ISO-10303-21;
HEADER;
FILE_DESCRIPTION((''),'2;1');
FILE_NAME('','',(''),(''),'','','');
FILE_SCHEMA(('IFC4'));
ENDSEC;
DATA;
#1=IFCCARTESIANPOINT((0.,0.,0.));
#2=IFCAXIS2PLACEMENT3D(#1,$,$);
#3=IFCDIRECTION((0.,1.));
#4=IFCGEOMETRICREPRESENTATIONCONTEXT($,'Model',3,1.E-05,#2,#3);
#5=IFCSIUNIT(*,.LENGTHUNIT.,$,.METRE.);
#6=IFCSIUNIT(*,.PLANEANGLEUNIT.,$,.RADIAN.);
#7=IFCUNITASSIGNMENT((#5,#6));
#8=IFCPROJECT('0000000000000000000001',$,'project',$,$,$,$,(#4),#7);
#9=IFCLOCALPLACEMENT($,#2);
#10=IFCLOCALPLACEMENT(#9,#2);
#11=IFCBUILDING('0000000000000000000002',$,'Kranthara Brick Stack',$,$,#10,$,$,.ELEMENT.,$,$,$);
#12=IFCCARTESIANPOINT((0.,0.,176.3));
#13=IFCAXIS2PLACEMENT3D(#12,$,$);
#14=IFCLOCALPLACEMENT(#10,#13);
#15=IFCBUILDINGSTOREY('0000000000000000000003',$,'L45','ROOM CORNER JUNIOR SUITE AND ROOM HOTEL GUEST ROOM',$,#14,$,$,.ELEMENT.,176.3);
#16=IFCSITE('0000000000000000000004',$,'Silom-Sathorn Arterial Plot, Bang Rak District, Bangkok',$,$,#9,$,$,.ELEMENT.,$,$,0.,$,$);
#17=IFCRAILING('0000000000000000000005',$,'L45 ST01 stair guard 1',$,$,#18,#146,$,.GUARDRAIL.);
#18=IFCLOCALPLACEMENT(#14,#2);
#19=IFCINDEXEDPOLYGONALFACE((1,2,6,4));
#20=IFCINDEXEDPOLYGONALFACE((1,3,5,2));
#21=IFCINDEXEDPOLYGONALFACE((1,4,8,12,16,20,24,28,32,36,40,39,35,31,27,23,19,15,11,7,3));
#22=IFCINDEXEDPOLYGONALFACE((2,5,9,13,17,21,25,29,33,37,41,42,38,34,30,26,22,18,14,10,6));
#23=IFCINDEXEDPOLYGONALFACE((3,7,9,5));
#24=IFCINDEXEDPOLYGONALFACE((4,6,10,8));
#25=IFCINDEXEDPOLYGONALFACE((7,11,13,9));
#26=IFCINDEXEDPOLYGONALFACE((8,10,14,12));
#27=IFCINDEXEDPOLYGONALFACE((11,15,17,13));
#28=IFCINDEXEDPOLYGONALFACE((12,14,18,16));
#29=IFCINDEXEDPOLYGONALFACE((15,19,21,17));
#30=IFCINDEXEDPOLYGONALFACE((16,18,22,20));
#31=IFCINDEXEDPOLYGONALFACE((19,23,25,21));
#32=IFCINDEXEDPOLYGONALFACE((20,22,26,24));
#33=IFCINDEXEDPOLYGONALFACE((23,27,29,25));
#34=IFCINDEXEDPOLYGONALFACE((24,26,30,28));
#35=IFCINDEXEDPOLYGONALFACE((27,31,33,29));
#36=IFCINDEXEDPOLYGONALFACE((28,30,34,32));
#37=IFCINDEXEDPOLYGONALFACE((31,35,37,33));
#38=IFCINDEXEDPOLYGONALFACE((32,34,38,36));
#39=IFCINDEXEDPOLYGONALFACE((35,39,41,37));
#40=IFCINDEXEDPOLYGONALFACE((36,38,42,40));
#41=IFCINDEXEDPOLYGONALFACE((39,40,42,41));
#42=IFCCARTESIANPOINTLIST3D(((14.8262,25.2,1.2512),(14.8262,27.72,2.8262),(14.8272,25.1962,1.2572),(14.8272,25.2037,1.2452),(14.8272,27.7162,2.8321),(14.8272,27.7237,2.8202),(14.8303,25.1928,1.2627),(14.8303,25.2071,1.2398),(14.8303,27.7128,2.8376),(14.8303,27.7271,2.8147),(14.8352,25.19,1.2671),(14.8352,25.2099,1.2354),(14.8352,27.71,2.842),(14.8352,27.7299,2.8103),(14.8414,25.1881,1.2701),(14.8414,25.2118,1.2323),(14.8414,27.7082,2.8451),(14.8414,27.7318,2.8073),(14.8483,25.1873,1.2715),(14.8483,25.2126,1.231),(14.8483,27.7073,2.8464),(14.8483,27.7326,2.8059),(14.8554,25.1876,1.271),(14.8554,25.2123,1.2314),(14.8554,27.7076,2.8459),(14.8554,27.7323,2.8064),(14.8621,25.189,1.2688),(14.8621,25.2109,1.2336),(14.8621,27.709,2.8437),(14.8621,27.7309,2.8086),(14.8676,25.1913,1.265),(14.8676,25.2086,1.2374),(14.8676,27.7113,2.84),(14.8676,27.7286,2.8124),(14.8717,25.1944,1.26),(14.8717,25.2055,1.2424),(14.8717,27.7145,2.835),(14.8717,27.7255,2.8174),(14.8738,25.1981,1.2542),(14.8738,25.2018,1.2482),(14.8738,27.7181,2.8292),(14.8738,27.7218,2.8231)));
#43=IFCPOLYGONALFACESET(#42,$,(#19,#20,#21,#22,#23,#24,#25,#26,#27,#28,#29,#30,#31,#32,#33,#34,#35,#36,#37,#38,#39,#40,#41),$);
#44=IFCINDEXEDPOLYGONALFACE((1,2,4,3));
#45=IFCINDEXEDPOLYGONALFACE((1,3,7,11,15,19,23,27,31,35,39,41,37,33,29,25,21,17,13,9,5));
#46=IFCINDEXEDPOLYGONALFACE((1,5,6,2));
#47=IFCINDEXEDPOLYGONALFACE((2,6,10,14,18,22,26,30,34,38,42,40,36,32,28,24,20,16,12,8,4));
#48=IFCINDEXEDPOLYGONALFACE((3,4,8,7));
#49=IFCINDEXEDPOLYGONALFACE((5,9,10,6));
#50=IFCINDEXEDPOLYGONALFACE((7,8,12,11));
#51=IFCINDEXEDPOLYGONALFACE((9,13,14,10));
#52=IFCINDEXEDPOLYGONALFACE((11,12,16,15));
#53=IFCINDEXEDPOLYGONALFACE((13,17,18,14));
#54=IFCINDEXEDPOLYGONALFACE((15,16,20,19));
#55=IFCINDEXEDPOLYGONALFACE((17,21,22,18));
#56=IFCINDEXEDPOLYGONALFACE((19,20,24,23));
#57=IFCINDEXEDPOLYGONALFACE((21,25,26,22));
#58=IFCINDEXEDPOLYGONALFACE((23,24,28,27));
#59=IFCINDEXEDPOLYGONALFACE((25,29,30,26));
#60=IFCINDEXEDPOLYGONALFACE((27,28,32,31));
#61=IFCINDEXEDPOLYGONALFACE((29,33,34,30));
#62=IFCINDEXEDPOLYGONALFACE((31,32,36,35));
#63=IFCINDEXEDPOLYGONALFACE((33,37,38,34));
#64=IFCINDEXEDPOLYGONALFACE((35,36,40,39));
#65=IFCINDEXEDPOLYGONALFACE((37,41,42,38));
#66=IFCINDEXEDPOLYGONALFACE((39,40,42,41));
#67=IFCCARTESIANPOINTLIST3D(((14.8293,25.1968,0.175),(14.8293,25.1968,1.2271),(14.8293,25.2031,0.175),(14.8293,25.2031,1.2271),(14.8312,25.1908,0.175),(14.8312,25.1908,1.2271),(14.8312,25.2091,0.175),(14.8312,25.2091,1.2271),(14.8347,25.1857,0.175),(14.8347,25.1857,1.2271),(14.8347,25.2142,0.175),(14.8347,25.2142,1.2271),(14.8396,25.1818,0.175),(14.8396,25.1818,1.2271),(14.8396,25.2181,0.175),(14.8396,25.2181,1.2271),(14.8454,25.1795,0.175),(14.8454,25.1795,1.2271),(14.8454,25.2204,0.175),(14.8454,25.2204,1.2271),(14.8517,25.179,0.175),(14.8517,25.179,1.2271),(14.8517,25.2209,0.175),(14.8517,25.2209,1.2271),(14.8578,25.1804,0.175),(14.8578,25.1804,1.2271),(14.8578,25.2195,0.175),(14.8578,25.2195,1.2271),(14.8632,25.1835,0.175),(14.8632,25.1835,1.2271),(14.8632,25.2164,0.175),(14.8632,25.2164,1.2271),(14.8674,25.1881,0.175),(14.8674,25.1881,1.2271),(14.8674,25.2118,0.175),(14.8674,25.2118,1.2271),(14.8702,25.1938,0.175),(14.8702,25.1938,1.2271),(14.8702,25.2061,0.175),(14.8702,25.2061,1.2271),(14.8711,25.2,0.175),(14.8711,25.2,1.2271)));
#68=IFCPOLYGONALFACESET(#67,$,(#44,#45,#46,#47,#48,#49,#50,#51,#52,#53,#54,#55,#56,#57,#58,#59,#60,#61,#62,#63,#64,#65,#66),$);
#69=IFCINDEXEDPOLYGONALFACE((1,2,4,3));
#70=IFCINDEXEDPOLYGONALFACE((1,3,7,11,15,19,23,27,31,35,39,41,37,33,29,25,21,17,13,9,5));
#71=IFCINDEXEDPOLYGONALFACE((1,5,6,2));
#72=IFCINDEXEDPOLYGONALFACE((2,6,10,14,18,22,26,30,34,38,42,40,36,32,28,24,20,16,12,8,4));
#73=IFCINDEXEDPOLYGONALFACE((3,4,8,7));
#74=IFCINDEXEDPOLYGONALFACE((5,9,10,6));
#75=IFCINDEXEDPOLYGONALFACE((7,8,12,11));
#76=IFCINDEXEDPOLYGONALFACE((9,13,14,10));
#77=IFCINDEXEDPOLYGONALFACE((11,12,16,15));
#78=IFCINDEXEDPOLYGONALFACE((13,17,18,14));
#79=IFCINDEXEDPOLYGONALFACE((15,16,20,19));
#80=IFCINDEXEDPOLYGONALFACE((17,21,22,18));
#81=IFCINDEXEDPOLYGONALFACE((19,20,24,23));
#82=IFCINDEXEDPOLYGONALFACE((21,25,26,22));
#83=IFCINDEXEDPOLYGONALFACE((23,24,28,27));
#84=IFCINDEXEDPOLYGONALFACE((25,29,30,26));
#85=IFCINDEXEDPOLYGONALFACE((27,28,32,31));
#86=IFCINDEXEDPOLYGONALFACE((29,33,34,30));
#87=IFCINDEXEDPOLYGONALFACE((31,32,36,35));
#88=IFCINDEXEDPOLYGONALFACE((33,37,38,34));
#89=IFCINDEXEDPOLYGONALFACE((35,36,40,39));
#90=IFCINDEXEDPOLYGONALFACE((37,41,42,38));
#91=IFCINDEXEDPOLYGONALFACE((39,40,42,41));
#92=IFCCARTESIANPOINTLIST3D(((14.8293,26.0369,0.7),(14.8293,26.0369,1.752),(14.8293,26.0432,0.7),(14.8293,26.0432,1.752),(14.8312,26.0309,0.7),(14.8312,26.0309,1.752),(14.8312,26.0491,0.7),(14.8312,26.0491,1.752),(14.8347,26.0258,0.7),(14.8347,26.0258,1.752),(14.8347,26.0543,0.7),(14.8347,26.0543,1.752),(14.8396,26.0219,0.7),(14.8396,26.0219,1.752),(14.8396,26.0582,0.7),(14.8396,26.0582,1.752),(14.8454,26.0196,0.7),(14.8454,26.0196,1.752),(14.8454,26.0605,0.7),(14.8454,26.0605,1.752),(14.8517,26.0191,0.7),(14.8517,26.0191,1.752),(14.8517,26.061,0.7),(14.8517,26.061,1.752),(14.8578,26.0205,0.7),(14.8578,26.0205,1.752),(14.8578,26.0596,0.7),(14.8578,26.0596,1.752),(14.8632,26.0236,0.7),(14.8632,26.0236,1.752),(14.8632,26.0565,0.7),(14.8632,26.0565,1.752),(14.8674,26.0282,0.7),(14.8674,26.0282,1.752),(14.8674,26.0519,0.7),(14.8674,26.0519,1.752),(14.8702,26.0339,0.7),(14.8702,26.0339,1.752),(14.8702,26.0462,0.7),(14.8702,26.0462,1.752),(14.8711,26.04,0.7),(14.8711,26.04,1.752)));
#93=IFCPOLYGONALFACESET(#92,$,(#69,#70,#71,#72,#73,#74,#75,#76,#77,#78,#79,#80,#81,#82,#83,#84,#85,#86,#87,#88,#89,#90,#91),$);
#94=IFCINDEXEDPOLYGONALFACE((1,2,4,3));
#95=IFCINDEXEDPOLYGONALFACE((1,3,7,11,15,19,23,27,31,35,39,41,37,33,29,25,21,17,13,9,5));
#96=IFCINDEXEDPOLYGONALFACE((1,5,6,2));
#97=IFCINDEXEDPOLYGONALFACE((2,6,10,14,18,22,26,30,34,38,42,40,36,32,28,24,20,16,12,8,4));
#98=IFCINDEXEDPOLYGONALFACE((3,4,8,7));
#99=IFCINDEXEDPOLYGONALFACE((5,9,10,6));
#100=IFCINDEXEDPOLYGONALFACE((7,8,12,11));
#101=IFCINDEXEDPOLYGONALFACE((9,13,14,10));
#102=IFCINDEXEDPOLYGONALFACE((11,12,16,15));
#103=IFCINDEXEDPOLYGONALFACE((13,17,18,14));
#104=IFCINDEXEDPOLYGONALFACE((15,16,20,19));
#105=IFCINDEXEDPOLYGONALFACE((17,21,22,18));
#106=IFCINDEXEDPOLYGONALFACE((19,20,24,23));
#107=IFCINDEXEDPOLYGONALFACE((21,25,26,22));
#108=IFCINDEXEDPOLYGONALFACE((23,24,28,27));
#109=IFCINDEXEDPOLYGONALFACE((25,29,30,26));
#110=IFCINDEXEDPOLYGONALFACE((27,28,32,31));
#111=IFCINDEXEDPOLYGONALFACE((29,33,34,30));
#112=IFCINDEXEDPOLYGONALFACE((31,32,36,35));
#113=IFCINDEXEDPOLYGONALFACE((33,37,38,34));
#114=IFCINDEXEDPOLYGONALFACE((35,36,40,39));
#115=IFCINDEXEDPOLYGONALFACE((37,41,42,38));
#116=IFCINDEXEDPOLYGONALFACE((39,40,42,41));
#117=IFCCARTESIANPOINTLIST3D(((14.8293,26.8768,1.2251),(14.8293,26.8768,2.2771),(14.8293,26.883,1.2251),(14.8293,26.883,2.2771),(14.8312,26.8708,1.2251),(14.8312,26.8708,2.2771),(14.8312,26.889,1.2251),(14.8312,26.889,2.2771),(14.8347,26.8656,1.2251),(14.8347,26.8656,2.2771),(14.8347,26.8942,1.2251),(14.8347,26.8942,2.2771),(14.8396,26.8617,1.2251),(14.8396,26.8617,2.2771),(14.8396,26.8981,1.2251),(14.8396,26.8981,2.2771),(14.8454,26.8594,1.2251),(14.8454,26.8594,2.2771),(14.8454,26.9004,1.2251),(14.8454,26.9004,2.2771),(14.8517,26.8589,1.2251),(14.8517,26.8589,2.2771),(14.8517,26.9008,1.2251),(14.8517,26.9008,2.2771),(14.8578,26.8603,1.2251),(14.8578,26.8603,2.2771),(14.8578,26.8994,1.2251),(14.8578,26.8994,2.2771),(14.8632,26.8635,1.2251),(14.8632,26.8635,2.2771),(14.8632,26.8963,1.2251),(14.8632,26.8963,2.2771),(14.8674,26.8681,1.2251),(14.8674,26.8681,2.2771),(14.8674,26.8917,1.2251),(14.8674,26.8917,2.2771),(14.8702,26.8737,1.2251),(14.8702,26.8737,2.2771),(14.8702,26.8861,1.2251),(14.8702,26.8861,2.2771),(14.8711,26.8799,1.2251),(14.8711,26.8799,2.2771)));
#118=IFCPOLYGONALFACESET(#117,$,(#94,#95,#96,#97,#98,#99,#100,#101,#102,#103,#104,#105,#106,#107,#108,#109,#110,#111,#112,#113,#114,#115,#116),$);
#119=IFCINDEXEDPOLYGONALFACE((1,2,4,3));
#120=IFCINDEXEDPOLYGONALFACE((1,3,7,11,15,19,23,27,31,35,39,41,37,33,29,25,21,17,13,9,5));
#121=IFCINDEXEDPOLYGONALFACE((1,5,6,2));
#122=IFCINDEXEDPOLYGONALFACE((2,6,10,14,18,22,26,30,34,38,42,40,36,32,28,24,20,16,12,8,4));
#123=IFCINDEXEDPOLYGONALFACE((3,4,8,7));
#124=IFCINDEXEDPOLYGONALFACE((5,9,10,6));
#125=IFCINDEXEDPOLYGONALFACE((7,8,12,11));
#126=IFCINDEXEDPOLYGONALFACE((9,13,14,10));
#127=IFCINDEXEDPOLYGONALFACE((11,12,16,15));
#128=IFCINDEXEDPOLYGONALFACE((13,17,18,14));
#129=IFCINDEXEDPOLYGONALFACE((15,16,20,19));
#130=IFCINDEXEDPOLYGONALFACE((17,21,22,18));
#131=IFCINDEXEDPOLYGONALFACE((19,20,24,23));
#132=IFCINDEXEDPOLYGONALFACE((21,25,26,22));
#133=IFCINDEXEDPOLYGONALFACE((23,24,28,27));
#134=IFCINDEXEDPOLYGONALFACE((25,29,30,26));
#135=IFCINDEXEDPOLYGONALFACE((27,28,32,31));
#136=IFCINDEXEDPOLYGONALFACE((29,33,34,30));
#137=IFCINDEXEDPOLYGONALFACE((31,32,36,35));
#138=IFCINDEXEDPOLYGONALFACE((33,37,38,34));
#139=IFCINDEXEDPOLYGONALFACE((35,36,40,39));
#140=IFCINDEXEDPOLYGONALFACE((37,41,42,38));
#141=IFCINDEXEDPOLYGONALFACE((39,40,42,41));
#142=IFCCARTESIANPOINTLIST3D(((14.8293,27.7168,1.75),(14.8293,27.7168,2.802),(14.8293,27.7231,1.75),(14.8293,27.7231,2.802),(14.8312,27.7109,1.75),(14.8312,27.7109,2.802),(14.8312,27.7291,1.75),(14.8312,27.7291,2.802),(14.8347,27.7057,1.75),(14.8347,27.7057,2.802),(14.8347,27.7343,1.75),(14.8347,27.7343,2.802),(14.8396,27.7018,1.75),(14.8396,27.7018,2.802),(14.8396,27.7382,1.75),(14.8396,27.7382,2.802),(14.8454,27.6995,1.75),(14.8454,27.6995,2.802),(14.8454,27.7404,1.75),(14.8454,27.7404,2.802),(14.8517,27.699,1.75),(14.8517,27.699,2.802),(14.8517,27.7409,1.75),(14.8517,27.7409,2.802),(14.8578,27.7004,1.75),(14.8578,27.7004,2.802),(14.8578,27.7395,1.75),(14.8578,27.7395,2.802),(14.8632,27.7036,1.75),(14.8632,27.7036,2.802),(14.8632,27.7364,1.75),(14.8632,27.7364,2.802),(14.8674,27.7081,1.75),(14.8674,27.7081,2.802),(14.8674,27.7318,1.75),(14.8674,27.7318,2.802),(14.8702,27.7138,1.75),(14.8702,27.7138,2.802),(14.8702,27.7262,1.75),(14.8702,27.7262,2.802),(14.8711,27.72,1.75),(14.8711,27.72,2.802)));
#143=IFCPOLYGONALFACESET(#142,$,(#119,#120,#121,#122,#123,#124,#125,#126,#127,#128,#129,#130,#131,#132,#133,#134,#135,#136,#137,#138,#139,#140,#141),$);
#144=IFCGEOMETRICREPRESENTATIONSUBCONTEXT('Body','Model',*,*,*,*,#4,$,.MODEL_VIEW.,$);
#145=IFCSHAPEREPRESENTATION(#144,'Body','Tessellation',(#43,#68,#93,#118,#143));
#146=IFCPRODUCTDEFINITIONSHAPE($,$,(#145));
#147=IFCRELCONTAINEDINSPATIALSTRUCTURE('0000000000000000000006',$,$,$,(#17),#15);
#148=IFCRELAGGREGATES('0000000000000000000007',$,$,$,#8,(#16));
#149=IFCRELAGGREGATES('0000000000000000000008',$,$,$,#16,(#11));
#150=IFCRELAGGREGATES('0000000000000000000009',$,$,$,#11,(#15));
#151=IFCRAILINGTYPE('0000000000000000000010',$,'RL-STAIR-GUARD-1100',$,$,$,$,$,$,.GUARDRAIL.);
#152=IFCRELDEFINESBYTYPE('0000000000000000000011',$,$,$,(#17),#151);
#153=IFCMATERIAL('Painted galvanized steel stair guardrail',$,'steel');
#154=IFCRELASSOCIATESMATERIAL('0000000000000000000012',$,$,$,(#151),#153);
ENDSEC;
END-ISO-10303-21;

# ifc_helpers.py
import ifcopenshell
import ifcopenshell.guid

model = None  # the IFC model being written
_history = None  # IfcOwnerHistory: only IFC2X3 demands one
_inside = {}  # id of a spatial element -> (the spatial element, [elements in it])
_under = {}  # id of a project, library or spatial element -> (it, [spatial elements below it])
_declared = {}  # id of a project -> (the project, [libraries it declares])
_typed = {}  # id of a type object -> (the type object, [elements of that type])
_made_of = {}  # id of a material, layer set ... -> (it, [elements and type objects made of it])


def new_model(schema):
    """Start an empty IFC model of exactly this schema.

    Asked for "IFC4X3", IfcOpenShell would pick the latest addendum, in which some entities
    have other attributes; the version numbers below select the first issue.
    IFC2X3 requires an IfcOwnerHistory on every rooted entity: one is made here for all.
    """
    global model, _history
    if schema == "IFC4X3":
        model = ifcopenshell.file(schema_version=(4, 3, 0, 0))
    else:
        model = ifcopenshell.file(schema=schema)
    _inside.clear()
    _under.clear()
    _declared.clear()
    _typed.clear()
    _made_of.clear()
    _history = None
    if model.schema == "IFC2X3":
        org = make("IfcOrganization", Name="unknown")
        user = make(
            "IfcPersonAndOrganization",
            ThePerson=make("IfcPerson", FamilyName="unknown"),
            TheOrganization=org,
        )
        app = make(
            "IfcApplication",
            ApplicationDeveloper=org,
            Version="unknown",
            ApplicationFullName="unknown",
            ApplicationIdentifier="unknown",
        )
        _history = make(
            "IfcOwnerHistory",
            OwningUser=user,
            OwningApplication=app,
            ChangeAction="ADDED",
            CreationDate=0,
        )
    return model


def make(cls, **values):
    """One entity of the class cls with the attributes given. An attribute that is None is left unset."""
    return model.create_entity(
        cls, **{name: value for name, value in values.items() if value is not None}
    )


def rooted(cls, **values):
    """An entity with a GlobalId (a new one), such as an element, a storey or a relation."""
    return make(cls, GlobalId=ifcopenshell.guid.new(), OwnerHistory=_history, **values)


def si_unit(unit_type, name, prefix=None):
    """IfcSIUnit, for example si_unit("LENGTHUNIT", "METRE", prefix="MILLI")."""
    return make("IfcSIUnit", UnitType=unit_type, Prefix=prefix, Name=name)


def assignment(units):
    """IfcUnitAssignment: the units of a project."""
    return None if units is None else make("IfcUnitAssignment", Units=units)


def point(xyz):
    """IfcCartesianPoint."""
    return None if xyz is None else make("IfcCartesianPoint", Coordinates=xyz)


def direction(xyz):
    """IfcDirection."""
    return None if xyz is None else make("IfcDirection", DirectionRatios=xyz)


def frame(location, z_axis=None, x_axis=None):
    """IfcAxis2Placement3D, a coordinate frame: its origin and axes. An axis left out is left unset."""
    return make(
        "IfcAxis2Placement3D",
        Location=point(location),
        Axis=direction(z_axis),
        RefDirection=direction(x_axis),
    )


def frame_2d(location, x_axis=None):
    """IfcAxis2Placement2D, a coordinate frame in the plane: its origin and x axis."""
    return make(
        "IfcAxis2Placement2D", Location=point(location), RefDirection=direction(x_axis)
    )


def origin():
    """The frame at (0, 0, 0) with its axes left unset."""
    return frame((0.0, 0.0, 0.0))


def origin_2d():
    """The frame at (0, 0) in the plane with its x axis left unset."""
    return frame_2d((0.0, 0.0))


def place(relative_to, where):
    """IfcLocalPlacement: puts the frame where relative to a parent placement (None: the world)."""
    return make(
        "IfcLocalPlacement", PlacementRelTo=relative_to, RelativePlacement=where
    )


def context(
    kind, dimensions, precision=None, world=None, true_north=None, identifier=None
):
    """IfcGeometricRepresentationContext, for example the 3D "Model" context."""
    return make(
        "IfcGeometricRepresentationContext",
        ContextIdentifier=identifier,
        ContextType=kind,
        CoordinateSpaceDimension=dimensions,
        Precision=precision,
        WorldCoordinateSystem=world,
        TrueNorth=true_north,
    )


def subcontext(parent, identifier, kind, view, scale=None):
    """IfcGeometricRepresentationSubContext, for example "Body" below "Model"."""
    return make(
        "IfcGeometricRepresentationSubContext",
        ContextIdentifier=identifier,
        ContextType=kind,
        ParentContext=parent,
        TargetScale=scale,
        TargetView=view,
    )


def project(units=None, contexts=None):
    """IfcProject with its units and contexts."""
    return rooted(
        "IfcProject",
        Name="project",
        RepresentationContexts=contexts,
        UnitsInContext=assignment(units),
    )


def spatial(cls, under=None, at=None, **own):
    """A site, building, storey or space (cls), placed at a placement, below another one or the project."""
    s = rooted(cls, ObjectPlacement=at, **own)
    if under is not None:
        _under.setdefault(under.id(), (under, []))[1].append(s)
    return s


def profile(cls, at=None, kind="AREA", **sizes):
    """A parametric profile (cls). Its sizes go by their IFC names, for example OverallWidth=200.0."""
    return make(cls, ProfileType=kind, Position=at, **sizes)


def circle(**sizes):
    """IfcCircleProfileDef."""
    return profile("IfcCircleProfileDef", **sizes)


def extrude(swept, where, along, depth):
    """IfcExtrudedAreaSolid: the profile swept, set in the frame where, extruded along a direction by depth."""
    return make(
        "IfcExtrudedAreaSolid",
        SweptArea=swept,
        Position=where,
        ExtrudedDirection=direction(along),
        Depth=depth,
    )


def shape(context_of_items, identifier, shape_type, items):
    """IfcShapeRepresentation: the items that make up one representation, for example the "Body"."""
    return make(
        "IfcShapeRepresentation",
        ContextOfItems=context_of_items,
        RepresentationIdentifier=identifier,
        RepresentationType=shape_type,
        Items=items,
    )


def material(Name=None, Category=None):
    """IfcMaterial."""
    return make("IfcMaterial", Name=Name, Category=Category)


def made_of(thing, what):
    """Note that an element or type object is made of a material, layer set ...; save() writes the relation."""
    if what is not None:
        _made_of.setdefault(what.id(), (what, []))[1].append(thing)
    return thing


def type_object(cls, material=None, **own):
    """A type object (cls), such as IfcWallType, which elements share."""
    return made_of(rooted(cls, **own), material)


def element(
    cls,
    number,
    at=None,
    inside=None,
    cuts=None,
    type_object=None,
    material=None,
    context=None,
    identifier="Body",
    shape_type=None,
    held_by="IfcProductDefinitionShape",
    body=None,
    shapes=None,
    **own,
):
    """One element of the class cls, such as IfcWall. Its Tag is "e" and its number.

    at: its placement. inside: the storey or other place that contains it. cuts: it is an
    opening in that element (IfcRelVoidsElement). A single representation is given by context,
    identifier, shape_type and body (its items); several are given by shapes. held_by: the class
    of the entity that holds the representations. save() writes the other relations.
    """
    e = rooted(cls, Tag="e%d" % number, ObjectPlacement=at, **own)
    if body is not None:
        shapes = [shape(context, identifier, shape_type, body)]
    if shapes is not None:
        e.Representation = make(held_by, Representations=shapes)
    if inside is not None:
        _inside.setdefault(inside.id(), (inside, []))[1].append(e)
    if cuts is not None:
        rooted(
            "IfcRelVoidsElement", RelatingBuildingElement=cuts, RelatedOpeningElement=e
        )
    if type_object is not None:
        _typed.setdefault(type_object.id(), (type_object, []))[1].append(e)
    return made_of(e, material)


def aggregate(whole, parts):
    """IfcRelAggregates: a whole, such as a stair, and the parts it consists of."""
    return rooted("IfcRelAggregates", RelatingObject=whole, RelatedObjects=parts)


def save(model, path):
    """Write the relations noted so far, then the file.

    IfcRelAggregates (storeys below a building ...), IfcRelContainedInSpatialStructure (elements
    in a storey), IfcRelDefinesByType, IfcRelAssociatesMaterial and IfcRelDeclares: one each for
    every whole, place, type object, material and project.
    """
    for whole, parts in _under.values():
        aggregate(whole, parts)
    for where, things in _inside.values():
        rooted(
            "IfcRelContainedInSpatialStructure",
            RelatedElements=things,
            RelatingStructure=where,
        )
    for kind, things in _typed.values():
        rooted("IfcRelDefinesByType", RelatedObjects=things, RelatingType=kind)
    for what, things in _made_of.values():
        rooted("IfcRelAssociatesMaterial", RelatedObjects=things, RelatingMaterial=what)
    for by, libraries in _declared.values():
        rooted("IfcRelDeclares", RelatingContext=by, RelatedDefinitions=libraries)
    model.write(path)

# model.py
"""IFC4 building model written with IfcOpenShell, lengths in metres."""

from ifc_helpers import new_model, si_unit, direction, frame, origin, origin_2d, place, context, subcontext, project, spatial, circle, extrude, material, type_object, element, save


model = new_model("IFC4")

# Units and contexts
model_context = context("Model", 3, precision=1e-05, world=origin(), true_north=direction((0.0, 1.0)))
body_context = subcontext(model_context, "Body", "Model", "MODEL_VIEW")
ifc_project = project(units=[si_unit("LENGTHUNIT", "METRE"), si_unit("PLANEANGLEUNIT", "RADIAN")], contexts=[model_context])

# Site, building, storey
site_placement = place(None, origin())
site = spatial("IfcSite", under=ifc_project, at=site_placement, Name="Silom-Sathorn Arterial Plot, Bang Rak District, Bangkok", CompositionType="ELEMENT", RefElevation=0.0)
building_placement = place(site_placement, origin())
building = spatial("IfcBuilding", under=site, at=building_placement, Name="Kranthara Brick Stack", CompositionType="ELEMENT")
storey_placement = place(building_placement, frame((0.0, 0.0, 176.3)))
storey = spatial("IfcBuildingStorey", under=building, at=storey_placement, Name="L45", Description="ROOM CORNER JUNIOR SUITE AND ROOM HOTEL GUEST ROOM", CompositionType="ELEMENT", Elevation=176.3)

# Railing
ifc_material_1 = material(Name="Painted galvanized steel stair guardrail", Category="steel")
railing_type_1 = type_object("IfcRailingType", Name="RL-STAIR-GUARD-1100", PredefinedType="GUARDRAIL", material=ifc_material_1)
railing_1_placement = place(storey_placement, frame((14.8501, 25.2, 0.175)))
element("IfcRailing", 1, at=railing_1_placement, inside=storey, type_object=railing_type_1, Name="L45 ST01 stair guard 1", PredefinedType="GUARDRAIL", context=body_context, shape_type="SweptSolid", body=[
    extrude(circle(Radius=0.0239, at=origin_2d()), frame((0.0, 0.0, 1.0762), z_axis=(0.0, 0.848008, 0.529984), x_axis=(-1.0, 0.0, 0.0)), (0.0, 0.0, 1.0), 2.9717),
    extrude(circle(Radius=0.021, at=origin_2d()), origin(), (0.0, 0.0, 1.0), 1.052),
    extrude(circle(Radius=0.021, at=origin_2d()), frame((0.0, 0.8401, 0.5249)), (0.0, 0.0, 1.0), 1.052),
    extrude(circle(Radius=0.021, at=origin_2d()), frame((0.0, 1.6799, 1.05)), (0.0, 0.0, 1.0), 1.052),
    extrude(circle(Radius=0.021, at=origin_2d()), frame((0.0, 2.52, 1.575)), (0.0, 0.0, 1.0), 1.052),
])

save(model, "model.ifc")
